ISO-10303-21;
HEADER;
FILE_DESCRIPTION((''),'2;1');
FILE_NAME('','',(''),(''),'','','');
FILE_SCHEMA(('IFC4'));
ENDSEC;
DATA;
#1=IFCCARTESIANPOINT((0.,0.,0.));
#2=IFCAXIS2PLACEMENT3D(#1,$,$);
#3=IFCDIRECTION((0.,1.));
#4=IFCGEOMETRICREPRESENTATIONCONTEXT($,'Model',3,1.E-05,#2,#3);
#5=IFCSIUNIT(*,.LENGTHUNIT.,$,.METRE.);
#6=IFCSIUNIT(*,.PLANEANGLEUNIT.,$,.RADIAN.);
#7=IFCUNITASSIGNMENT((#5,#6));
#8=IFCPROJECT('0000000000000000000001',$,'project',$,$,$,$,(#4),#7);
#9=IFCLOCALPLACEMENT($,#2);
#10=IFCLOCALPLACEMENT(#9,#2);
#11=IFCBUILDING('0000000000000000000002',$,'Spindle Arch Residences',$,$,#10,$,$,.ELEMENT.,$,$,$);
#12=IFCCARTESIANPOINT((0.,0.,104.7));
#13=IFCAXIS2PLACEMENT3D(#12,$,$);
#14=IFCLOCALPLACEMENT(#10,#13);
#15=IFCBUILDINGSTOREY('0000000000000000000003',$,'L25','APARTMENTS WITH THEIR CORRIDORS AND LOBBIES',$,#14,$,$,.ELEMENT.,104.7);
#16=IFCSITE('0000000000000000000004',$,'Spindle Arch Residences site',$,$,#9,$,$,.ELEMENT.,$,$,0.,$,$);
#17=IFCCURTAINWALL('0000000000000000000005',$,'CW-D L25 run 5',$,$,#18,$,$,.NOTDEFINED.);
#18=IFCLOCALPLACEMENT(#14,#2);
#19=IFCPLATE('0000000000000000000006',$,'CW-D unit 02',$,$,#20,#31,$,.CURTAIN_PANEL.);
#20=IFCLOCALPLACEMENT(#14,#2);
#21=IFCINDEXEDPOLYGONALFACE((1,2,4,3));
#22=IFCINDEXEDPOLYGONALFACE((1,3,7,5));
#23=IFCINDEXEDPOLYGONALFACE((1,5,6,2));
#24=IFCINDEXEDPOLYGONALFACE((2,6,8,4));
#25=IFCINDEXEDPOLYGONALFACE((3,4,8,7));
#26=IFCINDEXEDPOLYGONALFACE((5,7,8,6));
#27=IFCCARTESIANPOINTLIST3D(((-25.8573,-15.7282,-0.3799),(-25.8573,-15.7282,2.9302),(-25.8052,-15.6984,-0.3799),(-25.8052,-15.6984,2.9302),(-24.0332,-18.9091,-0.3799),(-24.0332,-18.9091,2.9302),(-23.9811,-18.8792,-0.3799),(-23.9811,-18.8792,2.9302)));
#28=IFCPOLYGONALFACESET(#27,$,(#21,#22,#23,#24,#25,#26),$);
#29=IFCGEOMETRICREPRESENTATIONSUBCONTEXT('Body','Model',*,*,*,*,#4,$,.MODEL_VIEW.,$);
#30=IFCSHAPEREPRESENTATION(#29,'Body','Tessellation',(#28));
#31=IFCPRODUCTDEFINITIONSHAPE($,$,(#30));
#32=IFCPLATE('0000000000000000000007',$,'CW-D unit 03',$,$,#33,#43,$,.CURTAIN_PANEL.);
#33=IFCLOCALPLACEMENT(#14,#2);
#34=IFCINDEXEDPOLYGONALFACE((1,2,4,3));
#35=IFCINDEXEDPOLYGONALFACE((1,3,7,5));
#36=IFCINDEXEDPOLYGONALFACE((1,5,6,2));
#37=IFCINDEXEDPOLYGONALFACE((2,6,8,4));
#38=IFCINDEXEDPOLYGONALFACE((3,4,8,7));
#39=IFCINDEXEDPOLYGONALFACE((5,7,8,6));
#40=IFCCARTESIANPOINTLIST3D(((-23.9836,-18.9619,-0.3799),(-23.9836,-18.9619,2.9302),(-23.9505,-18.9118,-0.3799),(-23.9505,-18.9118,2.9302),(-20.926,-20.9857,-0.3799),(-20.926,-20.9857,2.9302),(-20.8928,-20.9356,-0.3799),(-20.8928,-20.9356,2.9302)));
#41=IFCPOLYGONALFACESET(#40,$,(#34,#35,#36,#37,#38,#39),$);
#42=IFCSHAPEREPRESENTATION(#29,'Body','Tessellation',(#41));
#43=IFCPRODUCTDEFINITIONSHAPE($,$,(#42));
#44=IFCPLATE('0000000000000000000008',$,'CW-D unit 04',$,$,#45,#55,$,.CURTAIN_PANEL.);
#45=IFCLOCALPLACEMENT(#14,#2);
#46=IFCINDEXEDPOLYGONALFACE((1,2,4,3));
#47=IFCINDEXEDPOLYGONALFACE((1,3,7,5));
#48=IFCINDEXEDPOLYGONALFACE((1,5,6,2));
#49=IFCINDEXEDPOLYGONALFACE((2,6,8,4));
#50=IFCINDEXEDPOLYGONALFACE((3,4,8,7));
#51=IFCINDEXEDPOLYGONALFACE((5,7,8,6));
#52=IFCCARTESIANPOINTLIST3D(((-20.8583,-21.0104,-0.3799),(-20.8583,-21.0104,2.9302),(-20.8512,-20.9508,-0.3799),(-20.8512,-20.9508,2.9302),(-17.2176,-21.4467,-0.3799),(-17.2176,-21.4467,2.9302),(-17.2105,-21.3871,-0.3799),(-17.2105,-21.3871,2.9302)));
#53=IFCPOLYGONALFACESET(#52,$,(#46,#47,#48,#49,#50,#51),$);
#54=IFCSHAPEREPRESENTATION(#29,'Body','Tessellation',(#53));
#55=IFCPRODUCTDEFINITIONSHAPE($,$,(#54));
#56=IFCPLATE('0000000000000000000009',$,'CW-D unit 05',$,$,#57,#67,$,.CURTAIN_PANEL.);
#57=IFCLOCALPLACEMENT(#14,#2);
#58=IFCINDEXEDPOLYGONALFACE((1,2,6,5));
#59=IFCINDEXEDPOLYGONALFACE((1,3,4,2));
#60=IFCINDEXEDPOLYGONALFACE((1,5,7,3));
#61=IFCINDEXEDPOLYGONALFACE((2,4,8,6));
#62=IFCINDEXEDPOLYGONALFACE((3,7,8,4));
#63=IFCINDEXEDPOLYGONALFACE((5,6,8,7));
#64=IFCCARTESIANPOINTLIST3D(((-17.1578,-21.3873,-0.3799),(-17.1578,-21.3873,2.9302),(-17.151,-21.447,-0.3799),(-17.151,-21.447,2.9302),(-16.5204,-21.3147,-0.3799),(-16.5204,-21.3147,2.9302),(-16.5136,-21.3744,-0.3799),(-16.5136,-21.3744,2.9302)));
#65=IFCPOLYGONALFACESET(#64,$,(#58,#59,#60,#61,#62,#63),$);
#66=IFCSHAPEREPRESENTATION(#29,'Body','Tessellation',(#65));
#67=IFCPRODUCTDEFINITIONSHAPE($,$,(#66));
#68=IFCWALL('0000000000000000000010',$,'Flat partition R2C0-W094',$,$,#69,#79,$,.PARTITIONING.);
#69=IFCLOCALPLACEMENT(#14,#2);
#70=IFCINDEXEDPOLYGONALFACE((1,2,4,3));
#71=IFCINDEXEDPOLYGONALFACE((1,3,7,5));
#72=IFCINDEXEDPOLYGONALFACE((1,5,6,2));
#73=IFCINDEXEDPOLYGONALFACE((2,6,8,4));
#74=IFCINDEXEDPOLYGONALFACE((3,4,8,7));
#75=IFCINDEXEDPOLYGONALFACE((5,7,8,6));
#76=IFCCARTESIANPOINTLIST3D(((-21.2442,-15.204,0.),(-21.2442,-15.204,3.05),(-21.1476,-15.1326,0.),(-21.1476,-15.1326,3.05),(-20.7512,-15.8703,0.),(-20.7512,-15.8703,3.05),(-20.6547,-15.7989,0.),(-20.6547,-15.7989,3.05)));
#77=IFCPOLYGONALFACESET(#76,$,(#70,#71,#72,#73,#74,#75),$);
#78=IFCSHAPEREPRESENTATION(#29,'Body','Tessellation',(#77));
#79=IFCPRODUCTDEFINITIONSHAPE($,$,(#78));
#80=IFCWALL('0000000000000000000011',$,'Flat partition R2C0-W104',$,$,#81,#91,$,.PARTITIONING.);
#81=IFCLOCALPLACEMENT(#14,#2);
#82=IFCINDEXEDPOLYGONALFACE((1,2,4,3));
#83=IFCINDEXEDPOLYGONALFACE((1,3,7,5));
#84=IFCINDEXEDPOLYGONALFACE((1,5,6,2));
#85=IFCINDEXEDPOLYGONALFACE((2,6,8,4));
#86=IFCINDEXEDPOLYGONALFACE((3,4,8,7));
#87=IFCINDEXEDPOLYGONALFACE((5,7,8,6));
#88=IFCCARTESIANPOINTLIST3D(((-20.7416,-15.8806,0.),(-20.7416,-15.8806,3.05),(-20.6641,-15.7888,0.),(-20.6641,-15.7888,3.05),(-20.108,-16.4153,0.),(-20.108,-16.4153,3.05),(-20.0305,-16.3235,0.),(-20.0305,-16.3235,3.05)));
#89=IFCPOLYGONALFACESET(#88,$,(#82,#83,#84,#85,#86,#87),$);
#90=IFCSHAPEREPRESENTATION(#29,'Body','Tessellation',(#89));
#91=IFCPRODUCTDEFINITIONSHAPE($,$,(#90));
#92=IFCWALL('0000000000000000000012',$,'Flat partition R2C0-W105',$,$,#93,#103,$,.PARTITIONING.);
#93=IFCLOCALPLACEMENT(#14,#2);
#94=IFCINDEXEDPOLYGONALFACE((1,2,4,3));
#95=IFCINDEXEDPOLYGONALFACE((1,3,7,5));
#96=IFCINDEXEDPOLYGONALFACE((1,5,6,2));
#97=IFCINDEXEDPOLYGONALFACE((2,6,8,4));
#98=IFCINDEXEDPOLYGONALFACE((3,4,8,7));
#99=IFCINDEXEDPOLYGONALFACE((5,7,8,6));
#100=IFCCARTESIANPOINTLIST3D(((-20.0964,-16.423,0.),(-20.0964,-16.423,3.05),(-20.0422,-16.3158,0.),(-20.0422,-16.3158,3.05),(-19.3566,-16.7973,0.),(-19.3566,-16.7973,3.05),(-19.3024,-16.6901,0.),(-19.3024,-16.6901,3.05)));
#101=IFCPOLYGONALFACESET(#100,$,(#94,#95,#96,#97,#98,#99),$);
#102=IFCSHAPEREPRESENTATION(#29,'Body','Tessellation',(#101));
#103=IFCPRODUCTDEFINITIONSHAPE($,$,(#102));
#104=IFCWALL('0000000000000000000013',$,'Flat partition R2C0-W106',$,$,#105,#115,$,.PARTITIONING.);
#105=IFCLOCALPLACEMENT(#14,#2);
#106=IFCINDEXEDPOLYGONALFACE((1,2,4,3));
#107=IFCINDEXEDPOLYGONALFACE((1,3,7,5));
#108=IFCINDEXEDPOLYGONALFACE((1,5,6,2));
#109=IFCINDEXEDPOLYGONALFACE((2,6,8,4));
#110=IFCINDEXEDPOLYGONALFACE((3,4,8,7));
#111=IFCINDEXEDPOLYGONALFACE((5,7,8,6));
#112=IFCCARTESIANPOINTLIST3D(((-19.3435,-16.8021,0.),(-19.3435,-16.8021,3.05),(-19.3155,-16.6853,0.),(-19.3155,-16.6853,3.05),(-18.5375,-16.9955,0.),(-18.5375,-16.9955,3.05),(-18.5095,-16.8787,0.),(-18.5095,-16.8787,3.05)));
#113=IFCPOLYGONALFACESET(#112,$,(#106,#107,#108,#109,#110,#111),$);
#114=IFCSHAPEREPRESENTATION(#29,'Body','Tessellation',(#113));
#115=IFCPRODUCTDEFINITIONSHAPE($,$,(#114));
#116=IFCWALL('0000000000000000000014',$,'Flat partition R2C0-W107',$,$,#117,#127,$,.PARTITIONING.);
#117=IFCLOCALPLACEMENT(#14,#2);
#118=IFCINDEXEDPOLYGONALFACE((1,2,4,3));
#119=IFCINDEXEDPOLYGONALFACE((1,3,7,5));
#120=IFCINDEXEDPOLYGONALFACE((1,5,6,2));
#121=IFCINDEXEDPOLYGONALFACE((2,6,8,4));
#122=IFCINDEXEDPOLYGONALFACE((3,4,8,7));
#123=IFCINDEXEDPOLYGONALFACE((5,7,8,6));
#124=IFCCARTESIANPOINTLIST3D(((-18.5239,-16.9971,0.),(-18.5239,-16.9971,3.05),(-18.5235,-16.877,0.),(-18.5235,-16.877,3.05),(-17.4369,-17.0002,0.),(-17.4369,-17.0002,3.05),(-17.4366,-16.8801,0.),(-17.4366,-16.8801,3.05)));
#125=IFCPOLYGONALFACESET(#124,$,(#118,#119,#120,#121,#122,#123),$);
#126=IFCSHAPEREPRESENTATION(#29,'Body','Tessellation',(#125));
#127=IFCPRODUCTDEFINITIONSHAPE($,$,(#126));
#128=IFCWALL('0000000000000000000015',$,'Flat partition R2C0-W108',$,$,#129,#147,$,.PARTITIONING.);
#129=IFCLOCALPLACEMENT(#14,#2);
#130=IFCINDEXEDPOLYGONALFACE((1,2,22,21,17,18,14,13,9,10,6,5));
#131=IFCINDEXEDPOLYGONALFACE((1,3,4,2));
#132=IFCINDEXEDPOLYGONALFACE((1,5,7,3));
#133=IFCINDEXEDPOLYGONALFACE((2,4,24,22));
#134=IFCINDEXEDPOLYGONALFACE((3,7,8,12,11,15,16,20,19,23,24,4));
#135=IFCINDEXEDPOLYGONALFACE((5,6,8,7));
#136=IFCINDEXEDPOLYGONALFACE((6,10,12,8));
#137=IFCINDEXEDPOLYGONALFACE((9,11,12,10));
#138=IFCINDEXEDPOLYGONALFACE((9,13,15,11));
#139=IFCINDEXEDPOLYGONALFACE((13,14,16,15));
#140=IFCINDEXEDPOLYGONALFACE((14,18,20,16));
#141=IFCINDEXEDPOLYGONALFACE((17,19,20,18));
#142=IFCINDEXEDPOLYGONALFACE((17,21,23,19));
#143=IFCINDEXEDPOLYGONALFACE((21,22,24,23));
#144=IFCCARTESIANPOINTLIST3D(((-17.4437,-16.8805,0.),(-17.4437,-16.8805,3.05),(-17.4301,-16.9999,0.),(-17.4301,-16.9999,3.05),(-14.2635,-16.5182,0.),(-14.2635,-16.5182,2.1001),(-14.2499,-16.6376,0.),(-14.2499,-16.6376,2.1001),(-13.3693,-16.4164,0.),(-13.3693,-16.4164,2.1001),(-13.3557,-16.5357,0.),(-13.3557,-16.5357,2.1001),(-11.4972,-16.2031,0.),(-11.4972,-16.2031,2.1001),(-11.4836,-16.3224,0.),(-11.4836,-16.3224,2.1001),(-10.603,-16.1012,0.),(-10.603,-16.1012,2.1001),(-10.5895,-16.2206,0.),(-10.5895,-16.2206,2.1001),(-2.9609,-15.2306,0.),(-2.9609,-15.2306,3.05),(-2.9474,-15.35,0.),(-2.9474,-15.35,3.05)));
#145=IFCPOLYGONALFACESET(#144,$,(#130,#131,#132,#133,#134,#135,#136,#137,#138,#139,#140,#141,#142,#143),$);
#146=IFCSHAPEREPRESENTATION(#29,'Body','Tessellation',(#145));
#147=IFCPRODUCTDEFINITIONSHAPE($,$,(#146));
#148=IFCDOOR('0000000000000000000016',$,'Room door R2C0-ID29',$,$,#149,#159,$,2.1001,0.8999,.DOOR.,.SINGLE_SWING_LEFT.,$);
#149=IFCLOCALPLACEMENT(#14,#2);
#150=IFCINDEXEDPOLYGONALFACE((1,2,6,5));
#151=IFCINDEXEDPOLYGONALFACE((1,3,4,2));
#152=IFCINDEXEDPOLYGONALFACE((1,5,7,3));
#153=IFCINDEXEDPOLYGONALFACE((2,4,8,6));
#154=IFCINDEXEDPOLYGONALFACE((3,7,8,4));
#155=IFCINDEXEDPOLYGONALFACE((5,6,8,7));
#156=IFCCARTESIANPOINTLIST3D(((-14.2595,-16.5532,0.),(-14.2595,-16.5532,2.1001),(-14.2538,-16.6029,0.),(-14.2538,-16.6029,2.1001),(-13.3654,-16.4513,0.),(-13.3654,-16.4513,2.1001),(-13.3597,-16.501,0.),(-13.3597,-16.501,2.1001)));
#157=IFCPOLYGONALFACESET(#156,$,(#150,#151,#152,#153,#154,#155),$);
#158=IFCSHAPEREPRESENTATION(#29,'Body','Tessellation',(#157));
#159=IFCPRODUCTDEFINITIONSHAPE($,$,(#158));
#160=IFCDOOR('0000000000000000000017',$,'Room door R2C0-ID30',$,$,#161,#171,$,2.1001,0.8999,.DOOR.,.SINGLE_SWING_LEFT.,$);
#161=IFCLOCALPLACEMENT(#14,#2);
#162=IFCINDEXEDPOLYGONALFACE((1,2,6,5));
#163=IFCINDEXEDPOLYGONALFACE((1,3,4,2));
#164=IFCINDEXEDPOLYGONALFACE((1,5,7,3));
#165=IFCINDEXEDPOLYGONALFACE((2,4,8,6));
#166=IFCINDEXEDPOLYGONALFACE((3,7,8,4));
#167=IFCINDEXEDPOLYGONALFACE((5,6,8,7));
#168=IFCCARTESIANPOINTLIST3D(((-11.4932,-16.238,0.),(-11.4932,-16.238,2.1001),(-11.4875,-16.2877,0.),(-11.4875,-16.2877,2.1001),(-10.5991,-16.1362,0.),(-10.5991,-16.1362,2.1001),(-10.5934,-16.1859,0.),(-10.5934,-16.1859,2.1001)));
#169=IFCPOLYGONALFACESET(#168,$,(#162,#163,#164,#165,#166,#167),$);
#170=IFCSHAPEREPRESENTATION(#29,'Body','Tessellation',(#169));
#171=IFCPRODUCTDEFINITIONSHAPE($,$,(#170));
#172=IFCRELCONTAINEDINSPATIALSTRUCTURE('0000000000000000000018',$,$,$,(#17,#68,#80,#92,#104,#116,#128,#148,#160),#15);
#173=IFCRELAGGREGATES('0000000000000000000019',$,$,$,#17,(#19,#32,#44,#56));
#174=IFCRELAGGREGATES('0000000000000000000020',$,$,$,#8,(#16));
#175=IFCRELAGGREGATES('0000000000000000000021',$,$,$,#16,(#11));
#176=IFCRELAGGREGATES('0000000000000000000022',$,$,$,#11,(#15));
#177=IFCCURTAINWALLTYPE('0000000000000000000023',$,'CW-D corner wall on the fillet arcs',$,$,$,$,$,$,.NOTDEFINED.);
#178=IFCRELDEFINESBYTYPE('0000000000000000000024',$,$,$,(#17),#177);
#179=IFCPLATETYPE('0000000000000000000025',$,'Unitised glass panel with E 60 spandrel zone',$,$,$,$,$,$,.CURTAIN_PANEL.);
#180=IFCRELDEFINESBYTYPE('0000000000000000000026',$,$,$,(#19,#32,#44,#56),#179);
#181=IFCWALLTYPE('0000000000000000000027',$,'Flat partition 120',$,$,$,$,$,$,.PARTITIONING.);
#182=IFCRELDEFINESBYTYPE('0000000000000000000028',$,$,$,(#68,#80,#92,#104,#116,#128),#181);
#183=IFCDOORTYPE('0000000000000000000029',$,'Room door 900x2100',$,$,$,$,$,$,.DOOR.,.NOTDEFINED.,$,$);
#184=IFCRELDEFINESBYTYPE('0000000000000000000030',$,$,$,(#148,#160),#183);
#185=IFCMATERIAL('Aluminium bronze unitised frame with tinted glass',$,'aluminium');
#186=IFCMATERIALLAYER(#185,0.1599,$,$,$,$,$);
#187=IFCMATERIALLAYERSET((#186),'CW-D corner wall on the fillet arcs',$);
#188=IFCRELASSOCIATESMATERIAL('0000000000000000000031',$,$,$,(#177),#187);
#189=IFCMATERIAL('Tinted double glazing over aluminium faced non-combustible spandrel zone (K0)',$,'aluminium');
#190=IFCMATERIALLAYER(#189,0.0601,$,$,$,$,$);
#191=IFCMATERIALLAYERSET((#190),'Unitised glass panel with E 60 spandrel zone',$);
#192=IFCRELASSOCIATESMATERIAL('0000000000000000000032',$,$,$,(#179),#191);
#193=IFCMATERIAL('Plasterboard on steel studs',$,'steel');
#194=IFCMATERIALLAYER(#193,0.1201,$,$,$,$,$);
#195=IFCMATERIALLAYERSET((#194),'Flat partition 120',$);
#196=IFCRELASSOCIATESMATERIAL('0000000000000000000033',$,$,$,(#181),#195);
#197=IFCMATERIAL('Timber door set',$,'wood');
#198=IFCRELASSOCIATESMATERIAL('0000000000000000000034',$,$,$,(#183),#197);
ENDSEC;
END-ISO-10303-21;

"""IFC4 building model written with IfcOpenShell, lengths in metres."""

from ifc_helpers import new_model, si_unit, direction, frame, frame_2d, origin, origin_2d, place, context, subcontext, project, spatial, rectangle, extrude, material, layer, layer_set, type_object, element, fill, aggregate, save


model = new_model("IFC4")

# Units and contexts
model_context = context("Model", 3, precision=1e-05, world=origin(), true_north=direction((0.0, 1.0)))
body_context = subcontext(model_context, "Body", "Model", "MODEL_VIEW")
ifc_project = project(units=[si_unit("LENGTHUNIT", "METRE"), si_unit("PLANEANGLEUNIT", "RADIAN")], contexts=[model_context])

# Site, building, storey
site_placement = place(None, origin())
site = spatial("IfcSite", under=ifc_project, at=site_placement, Name="Spindle Arch Residences site", CompositionType="ELEMENT", RefElevation=0.0)
building_placement = place(site_placement, origin())
building = spatial("IfcBuilding", under=site, at=building_placement, Name="Spindle Arch Residences", CompositionType="ELEMENT")
storey_placement = place(building_placement, frame((0.0, 0.0, 104.7)))
storey = spatial("IfcBuildingStorey", under=building, at=storey_placement, Name="L25", Description="APARTMENTS WITH THEIR CORRIDORS AND LOBBIES", CompositionType="ELEMENT", Elevation=104.7)

# Curtain wall
ifc_material_1 = material(Name="Aluminium bronze unitised frame with tinted glass", Category="aluminium")
ifc_layer_1 = layer(ifc_material_1, 0.1599)
ifc_layer_set_1 = layer_set([ifc_layer_1], Name="CW-D corner wall on the fillet arcs")
curtain_wall_type = type_object("IfcCurtainWallType", Name="CW-D corner wall on the fillet arcs", PredefinedType="NOTDEFINED", material=ifc_layer_set_1)
curtain_wall_placement = place(storey_placement, origin())
curtain_wall = element("IfcCurtainWall", 1, at=curtain_wall_placement, inside=storey, type_object=curtain_wall_type, Name="CW-D L25 run 5", PredefinedType="NOTDEFINED")

# Plates
ifc_material_2 = material(Name="Tinted double glazing over aluminium faced non-combustible spandrel zone (K0)", Category="aluminium")
ifc_layer_2 = layer(ifc_material_2, 0.0601)
ifc_layer_set_2 = layer_set([ifc_layer_2], Name="Unitised glass panel with E 60 spandrel zone")
plate_type = type_object("IfcPlateType", Name="Unitised glass panel with E 60 spandrel zone", PredefinedType="CURTAIN_PANEL", material=ifc_layer_set_2)
plate_1_placement = place(storey_placement, frame((-24.9192, -17.3037, -0.3799), z_axis=(0.0, 0.0, 1.0), x_axis=(0.497479, -0.867476, 0.0)))
plate_1 = element("IfcPlate", 2, at=plate_1_placement, type_object=plate_type, Name="CW-D unit 02", PredefinedType="CURTAIN_PANEL", context=body_context, shape_type="SweptSolid", body=[
    extrude(rectangle(XDim=3.6667, YDim=0.0601, at=origin_2d()), origin(), (0.0, 0.0, 1.0), 3.3101),
])
plate_2_placement = place(storey_placement, frame((-22.4382, -19.9487, -0.3799), z_axis=(0.0, 0.0, 1.0), x_axis=(0.833886, -0.551937, 0.0)))
plate_2 = element("IfcPlate", 3, at=plate_2_placement, type_object=plate_type, Name="CW-D unit 03", PredefinedType="CURTAIN_PANEL", context=body_context, shape_type="SweptSolid", body=[
    extrude(rectangle(XDim=3.6667, YDim=0.0601, at=origin_2d()), origin(), (0.0, 0.0, 1.0), 3.3101),
])
plate_3_placement = place(storey_placement, frame((-19.0344, -21.1987, -0.3799), z_axis=(0.0, 0.0, 1.0), x_axis=(0.992896, -0.118982, 0.0)))
plate_3 = element("IfcPlate", 4, at=plate_3_placement, type_object=plate_type, Name="CW-D unit 04", PredefinedType="CURTAIN_PANEL", context=body_context, shape_type="SweptSolid", body=[
    extrude(rectangle(XDim=3.6667, YDim=0.0601, at=origin_2d()), origin(), (0.0, 0.0, 1.0), 3.3101),
])
plate_4_placement = place(storey_placement, frame((-16.8357, -21.3809, -0.3799), z_axis=(0.0, 0.0, 1.0), x_axis=(0.993572, 0.113203, 0.0)))
plate_4 = element("IfcPlate", 5, at=plate_4_placement, type_object=plate_type, Name="CW-D unit 05", PredefinedType="CURTAIN_PANEL", context=body_context, shape_type="SweptSolid", body=[
    extrude(rectangle(XDim=0.6416, YDim=0.0601, at=origin_2d()), origin(), (0.0, 0.0, 1.0), 3.3101),
])
aggregate(curtain_wall, [plate_1, plate_2, plate_3, plate_4])

# Walls
ifc_material_3 = material(Name="Plasterboard on steel studs", Category="steel")
ifc_layer_3 = layer(ifc_material_3, 0.1201)
ifc_layer_set_3 = layer_set([ifc_layer_3], Name="Flat partition 120")
wall_type_1 = type_object("IfcWallType", Name="Flat partition 120", PredefinedType="PARTITIONING", material=ifc_layer_set_3)
wall_1_placement = place(storey_placement, frame((-20.7029, -15.8347, 0.0), z_axis=(0.0, 0.0, 1.0), x_axis=(-0.594755, 0.803907, 0.0)))
element("IfcWall", 6, at=wall_1_placement, inside=storey, type_object=wall_type_1, Name="Flat partition R2C0-W094", PredefinedType="PARTITIONING", context=body_context, shape_type="SweptSolid", body=[
    extrude(rectangle(XDim=0.8289, YDim=0.1201, at=frame_2d((0.4146, 0.0))), origin(), (0.0, 0.0, 1.0), 3.05),
])
for number, where, z_axis, x_axis, name in (
    (7, (-20.7029, -15.8347, 0.0), (0.0, 0.0, 1.0), (0.764223, -0.644952, 0.0), "Flat partition R2C0-W104"),
    (8, (-20.0693, -16.3694, 0.0), (0.0, 0.0, 1.0), (0.892297, -0.451449, 0.0), "Flat partition R2C0-W105"),
):
    element("IfcWall", number, at=place(storey_placement, frame(where, z_axis=z_axis, x_axis=x_axis)), inside=storey, type_object=wall_type_1, Name=name, PredefinedType="PARTITIONING", context=body_context, shape_type="SweptSolid", body=[
        extrude(rectangle(XDim=0.8291, YDim=0.1201, at=frame_2d((0.4146, 0.0))), origin(), (0.0, 0.0, 1.0), 3.05),
    ])
wall_2_placement = place(storey_placement, frame((-19.3296, -16.7437, 0.0), z_axis=(0.0, 0.0, 1.0), x_axis=(0.972403, -0.233306, 0.0)))
element("IfcWall", 9, at=wall_2_placement, inside=storey, type_object=wall_type_1, Name="Flat partition R2C0-W106", PredefinedType="PARTITIONING", context=body_context, shape_type="SweptSolid", body=[
    extrude(rectangle(XDim=0.8289, YDim=0.1201, at=frame_2d((0.4146, 0.0))), origin(), (0.0, 0.0, 1.0), 3.05),
])
wall_3_placement = place(storey_placement, frame((-18.5237, -16.937, 0.0), z_axis=(0.0, 0.0, 1.0), x_axis=(0.999996, -0.00292, 0.0)))
element("IfcWall", 10, at=wall_3_placement, inside=storey, type_object=wall_type_1, Name="Flat partition R2C0-W107", PredefinedType="PARTITIONING", context=body_context, shape_type="SweptSolid", body=[
    extrude(rectangle(XDim=1.0869, YDim=0.1201, at=frame_2d((0.5435, 0.0))), origin(), (0.0, 0.0, 1.0), 3.05),
])

# Wall, openings, doors
wall_4_placement = place(storey_placement, frame((-17.4368, -16.9402, 0.0), z_axis=(0.0, 0.0, 1.0), x_axis=(0.993573, 0.11319, 0.0)))
wall_4 = element("IfcWall", 11, at=wall_4_placement, inside=storey, type_object=wall_type_1, Name="Flat partition R2C0-W108", PredefinedType="PARTITIONING", context=body_context, shape_type="SweptSolid", body=[
    extrude(rectangle(XDim=14.5764, YDim=0.1201, at=frame_2d((7.2881, 0.0))), origin(), (0.0, 0.0, 1.0), 3.05),
])
opening_1_placement = place(wall_4_placement, frame((3.2007, 0.0, 0.0)))
opening_1 = element("IfcOpeningElement", 12, at=opening_1_placement, cuts=wall_4, PredefinedType="OPENING", context=body_context, shape_type="SweptSolid", body=[
    extrude(rectangle(XDim=0.8999, YDim=2.1001, at=frame_2d((0.45, 1.05))), frame((0.0, 0.0701, 0.0), z_axis=(0.0, -1.0, 0.0), x_axis=(1.0, 0.0, 0.0)), (0.0, 0.0, 1.0), 0.1401),
])
opening_2_placement = place(wall_4_placement, frame((5.9849, 0.0, 0.0)))
opening_2 = element("IfcOpeningElement", 13, at=opening_2_placement, cuts=wall_4, PredefinedType="OPENING", context=body_context, shape_type="SweptSolid", body=[
    extrude(rectangle(XDim=0.8999, YDim=2.1001, at=frame_2d((0.45, 1.05))), frame((0.0, 0.0701, 0.0), z_axis=(0.0, -1.0, 0.0), x_axis=(1.0, 0.0, 0.0)), (0.0, 0.0, 1.0), 0.1401),
])
ifc_material_4 = material(Name="Timber door set", Category="wood")
door_type = type_object("IfcDoorType", Name="Room door 900x2100", OperationType="NOTDEFINED", PredefinedType="DOOR", material=ifc_material_4)
door_1_placement = place(opening_1_placement, origin())
door_1 = element("IfcDoor", 14, at=door_1_placement, inside=storey, type_object=door_type, Name="Room door R2C0-ID29", OperationType="SINGLE_SWING_LEFT", OverallHeight=2.1001, OverallWidth=0.8999, PredefinedType="DOOR", context=body_context, shape_type="SweptSolid", body=[
    extrude(rectangle(XDim=0.8999, YDim=2.1001, at=frame_2d((0.45, 1.05))), frame((0.0, 0.0249, 0.0), z_axis=(0.0, -1.0, 0.0), x_axis=(1.0, 0.0, 0.0)), (0.0, 0.0, 1.0), 0.05),
])
fill(opening_1, door_1)
door_2_placement = place(opening_2_placement, origin())
door_2 = element("IfcDoor", 15, at=door_2_placement, inside=storey, type_object=door_type, Name="Room door R2C0-ID30", OperationType="SINGLE_SWING_LEFT", OverallHeight=2.1001, OverallWidth=0.8999, PredefinedType="DOOR", context=body_context, shape_type="SweptSolid", body=[
    extrude(rectangle(XDim=0.8999, YDim=2.1001, at=frame_2d((0.45, 1.05))), frame((0.0, 0.0249, 0.0), z_axis=(0.0, -1.0, 0.0), x_axis=(1.0, 0.0, 0.0)), (0.0, 0.0, 1.0), 0.05),
])
fill(opening_2, door_2)

save(model, "model.ifc")
